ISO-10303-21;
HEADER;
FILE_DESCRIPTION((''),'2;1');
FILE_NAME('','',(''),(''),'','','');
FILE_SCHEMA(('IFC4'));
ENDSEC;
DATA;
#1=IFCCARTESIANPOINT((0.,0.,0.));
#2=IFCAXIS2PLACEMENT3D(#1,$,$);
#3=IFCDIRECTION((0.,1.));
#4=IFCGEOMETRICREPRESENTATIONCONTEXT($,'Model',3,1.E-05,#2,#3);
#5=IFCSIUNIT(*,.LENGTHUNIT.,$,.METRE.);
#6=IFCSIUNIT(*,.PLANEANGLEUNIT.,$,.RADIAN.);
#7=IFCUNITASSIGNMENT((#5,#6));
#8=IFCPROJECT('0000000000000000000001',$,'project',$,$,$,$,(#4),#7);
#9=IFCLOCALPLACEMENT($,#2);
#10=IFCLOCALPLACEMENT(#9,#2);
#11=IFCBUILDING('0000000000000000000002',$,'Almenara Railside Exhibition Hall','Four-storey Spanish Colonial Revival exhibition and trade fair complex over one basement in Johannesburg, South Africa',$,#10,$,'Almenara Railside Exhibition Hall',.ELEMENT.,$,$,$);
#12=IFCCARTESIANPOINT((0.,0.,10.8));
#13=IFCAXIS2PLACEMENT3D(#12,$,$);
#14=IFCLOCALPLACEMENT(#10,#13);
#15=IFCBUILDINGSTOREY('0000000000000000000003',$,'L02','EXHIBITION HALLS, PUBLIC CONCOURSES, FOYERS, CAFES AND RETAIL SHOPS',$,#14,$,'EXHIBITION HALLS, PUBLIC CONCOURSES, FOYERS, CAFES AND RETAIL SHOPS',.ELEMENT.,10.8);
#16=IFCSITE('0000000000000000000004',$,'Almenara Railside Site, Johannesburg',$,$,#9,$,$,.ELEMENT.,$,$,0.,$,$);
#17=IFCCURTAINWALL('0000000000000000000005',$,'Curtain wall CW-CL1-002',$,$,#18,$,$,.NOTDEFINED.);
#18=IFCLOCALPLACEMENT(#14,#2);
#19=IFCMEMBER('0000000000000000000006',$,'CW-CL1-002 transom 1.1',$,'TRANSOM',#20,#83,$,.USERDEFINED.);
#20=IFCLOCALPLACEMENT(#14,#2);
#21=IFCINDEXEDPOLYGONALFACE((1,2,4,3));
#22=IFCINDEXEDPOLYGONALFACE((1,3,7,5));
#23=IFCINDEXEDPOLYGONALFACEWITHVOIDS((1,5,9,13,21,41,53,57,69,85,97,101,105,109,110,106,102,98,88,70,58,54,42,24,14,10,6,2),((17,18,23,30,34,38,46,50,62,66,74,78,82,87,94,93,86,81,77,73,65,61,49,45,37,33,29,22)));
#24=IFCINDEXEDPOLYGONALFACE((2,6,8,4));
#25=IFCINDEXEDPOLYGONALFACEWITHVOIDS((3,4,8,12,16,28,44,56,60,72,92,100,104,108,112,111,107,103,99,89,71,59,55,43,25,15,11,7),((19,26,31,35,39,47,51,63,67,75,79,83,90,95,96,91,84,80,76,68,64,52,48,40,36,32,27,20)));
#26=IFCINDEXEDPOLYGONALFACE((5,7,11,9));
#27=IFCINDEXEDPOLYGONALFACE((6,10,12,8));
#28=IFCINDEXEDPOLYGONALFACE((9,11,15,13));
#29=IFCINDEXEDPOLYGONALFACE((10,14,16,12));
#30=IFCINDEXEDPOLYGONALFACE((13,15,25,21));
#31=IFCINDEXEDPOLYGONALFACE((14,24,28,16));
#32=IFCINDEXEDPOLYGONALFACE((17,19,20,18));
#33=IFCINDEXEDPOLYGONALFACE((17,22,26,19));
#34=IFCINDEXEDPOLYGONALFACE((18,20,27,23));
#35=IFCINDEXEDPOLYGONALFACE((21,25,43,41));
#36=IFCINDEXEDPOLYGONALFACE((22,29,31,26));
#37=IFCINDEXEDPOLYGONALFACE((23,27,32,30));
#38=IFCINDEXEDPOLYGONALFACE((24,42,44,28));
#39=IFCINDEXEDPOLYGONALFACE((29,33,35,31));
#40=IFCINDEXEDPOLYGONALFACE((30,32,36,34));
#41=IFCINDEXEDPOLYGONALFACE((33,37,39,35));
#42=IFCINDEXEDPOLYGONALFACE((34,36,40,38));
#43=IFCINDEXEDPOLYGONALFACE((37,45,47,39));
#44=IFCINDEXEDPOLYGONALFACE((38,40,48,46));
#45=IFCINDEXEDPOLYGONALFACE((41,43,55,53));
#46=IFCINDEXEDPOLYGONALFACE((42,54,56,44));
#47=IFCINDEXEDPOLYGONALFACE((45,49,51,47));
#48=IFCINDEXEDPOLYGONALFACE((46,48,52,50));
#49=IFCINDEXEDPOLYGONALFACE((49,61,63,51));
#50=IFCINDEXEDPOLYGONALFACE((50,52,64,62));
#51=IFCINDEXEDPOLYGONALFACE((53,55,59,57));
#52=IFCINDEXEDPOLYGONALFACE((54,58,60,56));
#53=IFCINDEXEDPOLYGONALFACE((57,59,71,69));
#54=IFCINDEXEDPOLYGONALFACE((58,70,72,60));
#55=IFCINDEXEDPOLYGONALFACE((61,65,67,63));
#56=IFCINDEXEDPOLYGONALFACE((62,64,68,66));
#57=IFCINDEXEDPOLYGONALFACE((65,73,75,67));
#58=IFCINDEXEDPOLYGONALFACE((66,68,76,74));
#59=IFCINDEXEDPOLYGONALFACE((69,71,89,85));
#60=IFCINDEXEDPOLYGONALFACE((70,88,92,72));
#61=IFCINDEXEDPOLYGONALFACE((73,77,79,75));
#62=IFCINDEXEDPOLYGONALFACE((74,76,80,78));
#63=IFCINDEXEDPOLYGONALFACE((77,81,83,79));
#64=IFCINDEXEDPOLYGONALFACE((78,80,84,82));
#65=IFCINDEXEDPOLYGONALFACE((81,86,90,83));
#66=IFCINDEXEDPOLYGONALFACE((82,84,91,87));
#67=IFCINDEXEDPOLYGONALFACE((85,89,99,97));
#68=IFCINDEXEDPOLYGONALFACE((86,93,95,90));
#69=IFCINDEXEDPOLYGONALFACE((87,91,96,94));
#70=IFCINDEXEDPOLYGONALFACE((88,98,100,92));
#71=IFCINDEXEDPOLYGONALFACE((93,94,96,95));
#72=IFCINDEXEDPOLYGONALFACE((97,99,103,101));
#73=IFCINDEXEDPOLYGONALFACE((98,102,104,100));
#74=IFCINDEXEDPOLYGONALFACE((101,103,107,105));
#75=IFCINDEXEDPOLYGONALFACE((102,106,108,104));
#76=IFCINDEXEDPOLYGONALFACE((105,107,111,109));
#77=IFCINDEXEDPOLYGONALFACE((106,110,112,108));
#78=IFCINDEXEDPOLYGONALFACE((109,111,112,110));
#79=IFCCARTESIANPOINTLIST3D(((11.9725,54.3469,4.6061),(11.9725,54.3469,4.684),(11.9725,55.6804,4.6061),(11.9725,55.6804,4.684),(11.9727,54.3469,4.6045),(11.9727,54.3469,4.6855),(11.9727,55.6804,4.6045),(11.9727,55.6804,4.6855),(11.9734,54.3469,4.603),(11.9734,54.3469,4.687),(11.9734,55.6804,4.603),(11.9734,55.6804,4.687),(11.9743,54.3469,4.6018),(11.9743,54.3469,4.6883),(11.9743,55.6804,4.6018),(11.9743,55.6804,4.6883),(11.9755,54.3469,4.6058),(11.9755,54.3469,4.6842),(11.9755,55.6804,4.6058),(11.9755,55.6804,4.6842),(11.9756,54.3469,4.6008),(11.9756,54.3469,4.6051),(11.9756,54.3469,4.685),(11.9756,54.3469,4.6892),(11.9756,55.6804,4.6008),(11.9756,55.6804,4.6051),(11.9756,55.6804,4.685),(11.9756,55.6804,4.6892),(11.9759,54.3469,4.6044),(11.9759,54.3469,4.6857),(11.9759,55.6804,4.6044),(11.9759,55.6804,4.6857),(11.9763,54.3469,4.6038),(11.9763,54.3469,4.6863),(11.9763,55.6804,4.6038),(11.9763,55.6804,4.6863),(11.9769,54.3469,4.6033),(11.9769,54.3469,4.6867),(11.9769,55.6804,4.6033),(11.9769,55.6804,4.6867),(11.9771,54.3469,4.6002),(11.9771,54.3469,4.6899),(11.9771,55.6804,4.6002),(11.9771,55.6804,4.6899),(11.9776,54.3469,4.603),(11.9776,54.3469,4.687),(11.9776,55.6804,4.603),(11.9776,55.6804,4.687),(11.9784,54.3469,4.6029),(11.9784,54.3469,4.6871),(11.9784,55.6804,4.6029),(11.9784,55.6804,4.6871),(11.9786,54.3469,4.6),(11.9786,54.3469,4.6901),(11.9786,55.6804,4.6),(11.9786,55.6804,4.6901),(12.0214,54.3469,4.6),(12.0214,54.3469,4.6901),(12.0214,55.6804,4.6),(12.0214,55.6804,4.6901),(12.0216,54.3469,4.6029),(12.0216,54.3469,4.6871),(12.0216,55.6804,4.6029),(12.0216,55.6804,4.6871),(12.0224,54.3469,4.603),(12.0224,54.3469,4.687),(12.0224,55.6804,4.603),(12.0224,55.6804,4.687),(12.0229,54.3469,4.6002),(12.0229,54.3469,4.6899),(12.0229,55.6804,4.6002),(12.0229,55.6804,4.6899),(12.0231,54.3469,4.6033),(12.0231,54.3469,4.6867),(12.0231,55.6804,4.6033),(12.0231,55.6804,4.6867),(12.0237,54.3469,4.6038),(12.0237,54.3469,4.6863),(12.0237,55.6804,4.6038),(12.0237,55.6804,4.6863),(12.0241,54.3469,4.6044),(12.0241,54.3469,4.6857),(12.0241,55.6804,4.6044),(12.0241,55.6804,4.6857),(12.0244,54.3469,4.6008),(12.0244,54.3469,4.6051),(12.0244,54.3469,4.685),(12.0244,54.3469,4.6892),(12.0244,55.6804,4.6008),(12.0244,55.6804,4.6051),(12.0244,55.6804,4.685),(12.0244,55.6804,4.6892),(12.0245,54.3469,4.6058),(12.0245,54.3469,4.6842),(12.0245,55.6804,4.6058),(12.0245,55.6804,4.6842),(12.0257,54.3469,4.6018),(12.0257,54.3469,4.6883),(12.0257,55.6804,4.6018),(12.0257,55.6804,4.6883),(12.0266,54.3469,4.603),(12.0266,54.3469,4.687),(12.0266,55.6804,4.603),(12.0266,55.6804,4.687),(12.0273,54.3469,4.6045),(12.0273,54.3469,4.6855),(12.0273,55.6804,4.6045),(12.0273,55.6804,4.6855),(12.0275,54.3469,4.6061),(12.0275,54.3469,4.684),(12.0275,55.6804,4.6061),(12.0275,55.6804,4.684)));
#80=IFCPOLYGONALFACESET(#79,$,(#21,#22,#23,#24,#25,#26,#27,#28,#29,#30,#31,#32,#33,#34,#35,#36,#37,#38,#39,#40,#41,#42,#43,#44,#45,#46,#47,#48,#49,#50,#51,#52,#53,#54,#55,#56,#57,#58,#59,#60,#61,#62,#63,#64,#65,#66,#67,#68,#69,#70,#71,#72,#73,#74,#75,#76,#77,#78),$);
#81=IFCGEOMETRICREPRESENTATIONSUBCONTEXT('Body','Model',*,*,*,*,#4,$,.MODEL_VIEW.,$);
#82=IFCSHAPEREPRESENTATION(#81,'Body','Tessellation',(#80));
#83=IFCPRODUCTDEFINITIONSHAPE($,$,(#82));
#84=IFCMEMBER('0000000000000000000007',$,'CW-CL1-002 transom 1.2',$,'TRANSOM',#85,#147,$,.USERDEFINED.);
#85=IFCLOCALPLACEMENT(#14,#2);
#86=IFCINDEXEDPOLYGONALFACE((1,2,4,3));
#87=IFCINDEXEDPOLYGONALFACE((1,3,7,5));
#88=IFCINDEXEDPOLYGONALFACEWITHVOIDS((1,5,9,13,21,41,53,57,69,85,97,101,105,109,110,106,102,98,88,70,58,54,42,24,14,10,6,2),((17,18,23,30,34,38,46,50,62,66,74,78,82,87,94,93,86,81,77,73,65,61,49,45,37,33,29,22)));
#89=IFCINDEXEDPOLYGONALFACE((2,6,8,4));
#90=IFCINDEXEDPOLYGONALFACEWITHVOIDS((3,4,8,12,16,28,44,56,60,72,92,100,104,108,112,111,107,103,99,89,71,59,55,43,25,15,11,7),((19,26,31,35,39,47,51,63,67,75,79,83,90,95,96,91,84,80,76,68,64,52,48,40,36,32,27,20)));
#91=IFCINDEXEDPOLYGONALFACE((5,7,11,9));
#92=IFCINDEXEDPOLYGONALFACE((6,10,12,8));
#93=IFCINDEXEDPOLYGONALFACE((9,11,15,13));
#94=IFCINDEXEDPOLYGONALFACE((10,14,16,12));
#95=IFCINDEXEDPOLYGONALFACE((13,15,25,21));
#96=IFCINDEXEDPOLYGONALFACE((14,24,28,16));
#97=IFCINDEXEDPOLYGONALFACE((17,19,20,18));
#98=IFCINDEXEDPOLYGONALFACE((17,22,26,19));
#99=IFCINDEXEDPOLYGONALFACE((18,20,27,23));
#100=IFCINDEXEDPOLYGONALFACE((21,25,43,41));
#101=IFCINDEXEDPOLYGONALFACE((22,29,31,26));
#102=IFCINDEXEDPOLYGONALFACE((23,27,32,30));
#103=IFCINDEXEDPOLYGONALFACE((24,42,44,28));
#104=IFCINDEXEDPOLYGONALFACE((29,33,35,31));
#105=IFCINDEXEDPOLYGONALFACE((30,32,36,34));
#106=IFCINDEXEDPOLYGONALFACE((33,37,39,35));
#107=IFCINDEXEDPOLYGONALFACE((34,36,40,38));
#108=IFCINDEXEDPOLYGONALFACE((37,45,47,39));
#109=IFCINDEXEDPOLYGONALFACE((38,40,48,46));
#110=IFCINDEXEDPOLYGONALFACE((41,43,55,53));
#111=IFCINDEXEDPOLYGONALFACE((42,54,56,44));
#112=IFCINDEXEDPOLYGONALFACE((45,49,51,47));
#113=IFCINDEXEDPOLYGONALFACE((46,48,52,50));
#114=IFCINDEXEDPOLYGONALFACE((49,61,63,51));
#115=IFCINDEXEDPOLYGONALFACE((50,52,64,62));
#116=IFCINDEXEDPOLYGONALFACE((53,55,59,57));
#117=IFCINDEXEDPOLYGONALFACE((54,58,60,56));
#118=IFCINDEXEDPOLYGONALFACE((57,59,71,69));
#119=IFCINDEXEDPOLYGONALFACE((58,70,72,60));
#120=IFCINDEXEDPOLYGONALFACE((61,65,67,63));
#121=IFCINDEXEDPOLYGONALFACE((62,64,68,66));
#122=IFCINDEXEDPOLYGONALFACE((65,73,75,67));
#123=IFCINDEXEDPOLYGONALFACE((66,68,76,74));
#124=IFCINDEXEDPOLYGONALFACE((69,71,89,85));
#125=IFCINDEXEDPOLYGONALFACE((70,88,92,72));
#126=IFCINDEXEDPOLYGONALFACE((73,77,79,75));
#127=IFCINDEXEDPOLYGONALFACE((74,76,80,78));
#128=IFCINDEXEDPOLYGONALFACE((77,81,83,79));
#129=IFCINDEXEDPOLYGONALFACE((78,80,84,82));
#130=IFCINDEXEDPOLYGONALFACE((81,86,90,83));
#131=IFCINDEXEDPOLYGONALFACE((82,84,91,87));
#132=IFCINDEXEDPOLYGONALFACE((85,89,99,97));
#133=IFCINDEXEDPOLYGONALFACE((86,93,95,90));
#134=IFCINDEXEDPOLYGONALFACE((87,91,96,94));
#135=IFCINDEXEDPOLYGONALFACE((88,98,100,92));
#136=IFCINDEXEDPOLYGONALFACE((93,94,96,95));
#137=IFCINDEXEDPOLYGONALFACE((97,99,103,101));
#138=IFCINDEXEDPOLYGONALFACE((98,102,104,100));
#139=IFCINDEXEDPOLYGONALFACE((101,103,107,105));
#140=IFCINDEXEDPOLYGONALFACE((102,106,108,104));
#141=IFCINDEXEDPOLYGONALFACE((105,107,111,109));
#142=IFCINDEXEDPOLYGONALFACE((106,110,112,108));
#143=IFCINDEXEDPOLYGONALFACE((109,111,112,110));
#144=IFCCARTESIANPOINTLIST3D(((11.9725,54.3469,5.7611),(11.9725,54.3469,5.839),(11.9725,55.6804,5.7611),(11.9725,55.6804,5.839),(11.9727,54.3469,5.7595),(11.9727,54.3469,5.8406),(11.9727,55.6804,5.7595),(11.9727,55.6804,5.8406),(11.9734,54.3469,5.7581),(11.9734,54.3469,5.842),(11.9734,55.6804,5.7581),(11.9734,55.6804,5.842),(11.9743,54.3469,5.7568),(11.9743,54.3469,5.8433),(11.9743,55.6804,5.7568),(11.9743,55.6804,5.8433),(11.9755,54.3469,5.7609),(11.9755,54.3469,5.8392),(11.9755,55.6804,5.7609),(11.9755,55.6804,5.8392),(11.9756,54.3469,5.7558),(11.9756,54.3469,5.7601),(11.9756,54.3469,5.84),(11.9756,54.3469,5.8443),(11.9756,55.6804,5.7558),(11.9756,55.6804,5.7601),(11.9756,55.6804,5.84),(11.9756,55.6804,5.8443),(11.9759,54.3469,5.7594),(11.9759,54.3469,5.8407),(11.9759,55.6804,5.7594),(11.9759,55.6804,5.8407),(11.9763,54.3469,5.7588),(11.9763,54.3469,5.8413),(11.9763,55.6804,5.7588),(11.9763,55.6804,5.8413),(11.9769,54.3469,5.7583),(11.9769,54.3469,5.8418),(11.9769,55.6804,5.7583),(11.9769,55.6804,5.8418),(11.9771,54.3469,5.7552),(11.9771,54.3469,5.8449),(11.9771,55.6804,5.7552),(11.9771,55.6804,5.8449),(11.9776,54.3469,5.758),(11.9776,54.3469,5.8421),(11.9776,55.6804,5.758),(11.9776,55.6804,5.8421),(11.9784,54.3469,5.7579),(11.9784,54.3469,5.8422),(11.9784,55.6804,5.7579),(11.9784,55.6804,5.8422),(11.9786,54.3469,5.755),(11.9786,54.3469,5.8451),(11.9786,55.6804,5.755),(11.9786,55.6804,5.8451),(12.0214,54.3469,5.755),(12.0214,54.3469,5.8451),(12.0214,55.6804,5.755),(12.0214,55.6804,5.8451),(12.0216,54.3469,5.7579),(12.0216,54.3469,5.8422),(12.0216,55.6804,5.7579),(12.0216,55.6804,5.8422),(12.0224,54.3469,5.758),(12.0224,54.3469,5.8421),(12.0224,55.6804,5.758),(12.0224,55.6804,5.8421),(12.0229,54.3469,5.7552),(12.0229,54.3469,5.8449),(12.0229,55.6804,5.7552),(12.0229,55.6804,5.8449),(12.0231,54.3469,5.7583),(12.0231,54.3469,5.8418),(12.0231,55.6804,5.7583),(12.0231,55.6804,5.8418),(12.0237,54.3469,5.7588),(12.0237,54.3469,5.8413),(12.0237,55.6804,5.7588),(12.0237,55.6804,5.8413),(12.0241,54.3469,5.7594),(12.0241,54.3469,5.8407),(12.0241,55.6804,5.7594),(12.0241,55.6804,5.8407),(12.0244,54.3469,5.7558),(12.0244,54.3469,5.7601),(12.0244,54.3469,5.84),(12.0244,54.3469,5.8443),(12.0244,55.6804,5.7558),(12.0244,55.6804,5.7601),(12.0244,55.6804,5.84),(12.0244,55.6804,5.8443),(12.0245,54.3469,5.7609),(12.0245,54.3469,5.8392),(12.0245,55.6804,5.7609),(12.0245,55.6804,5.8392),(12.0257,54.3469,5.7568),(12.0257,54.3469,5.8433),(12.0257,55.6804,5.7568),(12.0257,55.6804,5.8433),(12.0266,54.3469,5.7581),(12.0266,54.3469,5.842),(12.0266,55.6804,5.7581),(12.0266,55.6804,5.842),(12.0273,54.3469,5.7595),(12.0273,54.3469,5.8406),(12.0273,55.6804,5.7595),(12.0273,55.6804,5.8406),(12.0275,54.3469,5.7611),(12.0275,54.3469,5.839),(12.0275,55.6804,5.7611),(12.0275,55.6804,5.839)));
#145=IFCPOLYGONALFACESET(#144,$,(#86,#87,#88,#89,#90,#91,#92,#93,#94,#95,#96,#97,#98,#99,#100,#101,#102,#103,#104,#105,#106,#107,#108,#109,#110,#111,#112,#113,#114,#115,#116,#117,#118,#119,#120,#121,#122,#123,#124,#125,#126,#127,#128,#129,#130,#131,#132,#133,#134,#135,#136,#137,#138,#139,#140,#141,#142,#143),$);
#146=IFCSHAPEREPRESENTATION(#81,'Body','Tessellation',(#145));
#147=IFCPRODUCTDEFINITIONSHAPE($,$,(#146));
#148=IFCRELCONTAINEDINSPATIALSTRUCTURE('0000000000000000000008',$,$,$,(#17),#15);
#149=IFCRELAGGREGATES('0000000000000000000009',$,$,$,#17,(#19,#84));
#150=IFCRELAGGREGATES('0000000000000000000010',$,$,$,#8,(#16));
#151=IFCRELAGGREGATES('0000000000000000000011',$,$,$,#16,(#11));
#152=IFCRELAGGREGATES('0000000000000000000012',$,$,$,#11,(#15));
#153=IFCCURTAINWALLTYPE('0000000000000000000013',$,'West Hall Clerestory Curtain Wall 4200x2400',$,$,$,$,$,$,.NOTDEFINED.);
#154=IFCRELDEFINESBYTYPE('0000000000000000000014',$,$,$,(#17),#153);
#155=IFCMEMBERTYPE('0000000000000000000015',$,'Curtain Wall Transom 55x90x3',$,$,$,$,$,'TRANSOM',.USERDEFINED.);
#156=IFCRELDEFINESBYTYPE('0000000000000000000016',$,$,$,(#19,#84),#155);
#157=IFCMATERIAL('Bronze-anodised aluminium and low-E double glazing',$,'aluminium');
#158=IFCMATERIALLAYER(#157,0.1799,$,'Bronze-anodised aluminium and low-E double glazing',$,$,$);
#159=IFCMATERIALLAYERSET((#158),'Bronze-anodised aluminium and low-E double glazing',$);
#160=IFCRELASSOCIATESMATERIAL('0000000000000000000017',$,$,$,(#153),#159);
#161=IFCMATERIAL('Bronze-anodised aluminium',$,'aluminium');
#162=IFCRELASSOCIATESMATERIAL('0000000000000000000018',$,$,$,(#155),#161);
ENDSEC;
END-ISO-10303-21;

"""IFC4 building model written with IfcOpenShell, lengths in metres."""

from ifc_helpers import new_model, si_unit, direction, frame, origin, origin_2d, place, context, subcontext, project, spatial, hollow_rectangle, extrude, material, layer, layer_set, material_profile, profile_set, type_object, element, aggregate, save


model = new_model("IFC4")

# Units and contexts
model_context = context("Model", 3, precision=1e-05, world=origin(), true_north=direction((0.0, 1.0)))
body_context = subcontext(model_context, "Body", "Model", "MODEL_VIEW")
ifc_project = project(units=[si_unit("LENGTHUNIT", "METRE"), si_unit("PLANEANGLEUNIT", "RADIAN")], contexts=[model_context])

# Site, building, storey
site_placement = place(None, origin())
site = spatial("IfcSite", under=ifc_project, at=site_placement, Name="Almenara Railside Site, Johannesburg", CompositionType="ELEMENT", RefElevation=0.0)
building_placement = place(site_placement, origin())
building = spatial("IfcBuilding", under=site, at=building_placement, Name="Almenara Railside Exhibition Hall", Description="Four-storey Spanish Colonial Revival exhibition and trade fair complex over one basement in Johannesburg, South Africa", LongName="Almenara Railside Exhibition Hall", CompositionType="ELEMENT")
storey_placement = place(building_placement, frame((0.0, 0.0, 10.8)))
storey = spatial("IfcBuildingStorey", under=building, at=storey_placement, Name="L02", Description="EXHIBITION HALLS, PUBLIC CONCOURSES, FOYERS, CAFES AND RETAIL SHOPS", LongName="EXHIBITION HALLS, PUBLIC CONCOURSES, FOYERS, CAFES AND RETAIL SHOPS", CompositionType="ELEMENT", Elevation=10.8)

# Curtain wall
ifc_material_1 = material(Name="Bronze-anodised aluminium and low-E double glazing", Category="aluminium")
ifc_layer_1 = layer(ifc_material_1, 0.1799, Name="Bronze-anodised aluminium and low-E double glazing")
ifc_layer_set_1 = layer_set([ifc_layer_1], Name="Bronze-anodised aluminium and low-E double glazing")
curtain_wall_type = type_object("IfcCurtainWallType", Name="West Hall Clerestory Curtain Wall 4200x2400", PredefinedType="NOTDEFINED", material=ifc_layer_set_1)
curtain_wall_1_placement = place(storey_placement, origin())
curtain_wall_1 = element("IfcCurtainWall", 1, at=curtain_wall_1_placement, inside=storey, type_object=curtain_wall_type, Name="Curtain wall CW-CL1-002", PredefinedType="NOTDEFINED")
ifc_material_2 = material(Name="Bronze-anodised aluminium", Category="aluminium")

# Members
ifc_material_profile_1 = material_profile(ifc_material_2, hollow_rectangle(XDim=0.0549, YDim=0.0901, WallThickness=0.0029, InnerFilletRadius=0.0029, OuterFilletRadius=0.0061, at=origin_2d()), Name="ALU-TRN 55x90x3")
ifc_profile_set_1 = profile_set([ifc_material_profile_1], Name="Bronze-anodised aluminium")
member_type_1 = type_object("IfcMemberType", Name="Curtain Wall Transom 55x90x3", ElementType="TRANSOM", PredefinedType="USERDEFINED", material=ifc_profile_set_1)
member_1_placement = place(storey_placement, frame((12.0, 54.3469, 4.645), z_axis=(0.0, 1.0, 0.0), x_axis=(-1.0, 0.0, 0.0)))
member_1 = element("IfcMember", 2, at=member_1_placement, type_object=member_type_1, Name="CW-CL1-002 transom 1.1", ObjectType="TRANSOM", PredefinedType="USERDEFINED", context=body_context, shape_type="SweptSolid", body=[
    extrude(hollow_rectangle(XDim=0.0549, YDim=0.0901, WallThickness=0.0029, InnerFilletRadius=0.0029, OuterFilletRadius=0.0061, at=origin_2d()), origin(), (0.0, 0.0, 1.0), 1.3335),
])
member_2_placement = place(storey_placement, frame((12.0, 54.3469, 5.8), z_axis=(0.0, 1.0, 0.0), x_axis=(-1.0, 0.0, 0.0)))
member_2 = element("IfcMember", 3, at=member_2_placement, type_object=member_type_1, Name="CW-CL1-002 transom 1.2", ObjectType="TRANSOM", PredefinedType="USERDEFINED", context=body_context, shape_type="SweptSolid", body=[
    extrude(hollow_rectangle(XDim=0.0549, YDim=0.0901, WallThickness=0.0029, InnerFilletRadius=0.0029, OuterFilletRadius=0.0061, at=origin_2d()), origin(), (0.0, 0.0, 1.0), 1.3335),
])

aggregate(curtain_wall_1, [member_1, member_2])

save(model, "model.ifc")
